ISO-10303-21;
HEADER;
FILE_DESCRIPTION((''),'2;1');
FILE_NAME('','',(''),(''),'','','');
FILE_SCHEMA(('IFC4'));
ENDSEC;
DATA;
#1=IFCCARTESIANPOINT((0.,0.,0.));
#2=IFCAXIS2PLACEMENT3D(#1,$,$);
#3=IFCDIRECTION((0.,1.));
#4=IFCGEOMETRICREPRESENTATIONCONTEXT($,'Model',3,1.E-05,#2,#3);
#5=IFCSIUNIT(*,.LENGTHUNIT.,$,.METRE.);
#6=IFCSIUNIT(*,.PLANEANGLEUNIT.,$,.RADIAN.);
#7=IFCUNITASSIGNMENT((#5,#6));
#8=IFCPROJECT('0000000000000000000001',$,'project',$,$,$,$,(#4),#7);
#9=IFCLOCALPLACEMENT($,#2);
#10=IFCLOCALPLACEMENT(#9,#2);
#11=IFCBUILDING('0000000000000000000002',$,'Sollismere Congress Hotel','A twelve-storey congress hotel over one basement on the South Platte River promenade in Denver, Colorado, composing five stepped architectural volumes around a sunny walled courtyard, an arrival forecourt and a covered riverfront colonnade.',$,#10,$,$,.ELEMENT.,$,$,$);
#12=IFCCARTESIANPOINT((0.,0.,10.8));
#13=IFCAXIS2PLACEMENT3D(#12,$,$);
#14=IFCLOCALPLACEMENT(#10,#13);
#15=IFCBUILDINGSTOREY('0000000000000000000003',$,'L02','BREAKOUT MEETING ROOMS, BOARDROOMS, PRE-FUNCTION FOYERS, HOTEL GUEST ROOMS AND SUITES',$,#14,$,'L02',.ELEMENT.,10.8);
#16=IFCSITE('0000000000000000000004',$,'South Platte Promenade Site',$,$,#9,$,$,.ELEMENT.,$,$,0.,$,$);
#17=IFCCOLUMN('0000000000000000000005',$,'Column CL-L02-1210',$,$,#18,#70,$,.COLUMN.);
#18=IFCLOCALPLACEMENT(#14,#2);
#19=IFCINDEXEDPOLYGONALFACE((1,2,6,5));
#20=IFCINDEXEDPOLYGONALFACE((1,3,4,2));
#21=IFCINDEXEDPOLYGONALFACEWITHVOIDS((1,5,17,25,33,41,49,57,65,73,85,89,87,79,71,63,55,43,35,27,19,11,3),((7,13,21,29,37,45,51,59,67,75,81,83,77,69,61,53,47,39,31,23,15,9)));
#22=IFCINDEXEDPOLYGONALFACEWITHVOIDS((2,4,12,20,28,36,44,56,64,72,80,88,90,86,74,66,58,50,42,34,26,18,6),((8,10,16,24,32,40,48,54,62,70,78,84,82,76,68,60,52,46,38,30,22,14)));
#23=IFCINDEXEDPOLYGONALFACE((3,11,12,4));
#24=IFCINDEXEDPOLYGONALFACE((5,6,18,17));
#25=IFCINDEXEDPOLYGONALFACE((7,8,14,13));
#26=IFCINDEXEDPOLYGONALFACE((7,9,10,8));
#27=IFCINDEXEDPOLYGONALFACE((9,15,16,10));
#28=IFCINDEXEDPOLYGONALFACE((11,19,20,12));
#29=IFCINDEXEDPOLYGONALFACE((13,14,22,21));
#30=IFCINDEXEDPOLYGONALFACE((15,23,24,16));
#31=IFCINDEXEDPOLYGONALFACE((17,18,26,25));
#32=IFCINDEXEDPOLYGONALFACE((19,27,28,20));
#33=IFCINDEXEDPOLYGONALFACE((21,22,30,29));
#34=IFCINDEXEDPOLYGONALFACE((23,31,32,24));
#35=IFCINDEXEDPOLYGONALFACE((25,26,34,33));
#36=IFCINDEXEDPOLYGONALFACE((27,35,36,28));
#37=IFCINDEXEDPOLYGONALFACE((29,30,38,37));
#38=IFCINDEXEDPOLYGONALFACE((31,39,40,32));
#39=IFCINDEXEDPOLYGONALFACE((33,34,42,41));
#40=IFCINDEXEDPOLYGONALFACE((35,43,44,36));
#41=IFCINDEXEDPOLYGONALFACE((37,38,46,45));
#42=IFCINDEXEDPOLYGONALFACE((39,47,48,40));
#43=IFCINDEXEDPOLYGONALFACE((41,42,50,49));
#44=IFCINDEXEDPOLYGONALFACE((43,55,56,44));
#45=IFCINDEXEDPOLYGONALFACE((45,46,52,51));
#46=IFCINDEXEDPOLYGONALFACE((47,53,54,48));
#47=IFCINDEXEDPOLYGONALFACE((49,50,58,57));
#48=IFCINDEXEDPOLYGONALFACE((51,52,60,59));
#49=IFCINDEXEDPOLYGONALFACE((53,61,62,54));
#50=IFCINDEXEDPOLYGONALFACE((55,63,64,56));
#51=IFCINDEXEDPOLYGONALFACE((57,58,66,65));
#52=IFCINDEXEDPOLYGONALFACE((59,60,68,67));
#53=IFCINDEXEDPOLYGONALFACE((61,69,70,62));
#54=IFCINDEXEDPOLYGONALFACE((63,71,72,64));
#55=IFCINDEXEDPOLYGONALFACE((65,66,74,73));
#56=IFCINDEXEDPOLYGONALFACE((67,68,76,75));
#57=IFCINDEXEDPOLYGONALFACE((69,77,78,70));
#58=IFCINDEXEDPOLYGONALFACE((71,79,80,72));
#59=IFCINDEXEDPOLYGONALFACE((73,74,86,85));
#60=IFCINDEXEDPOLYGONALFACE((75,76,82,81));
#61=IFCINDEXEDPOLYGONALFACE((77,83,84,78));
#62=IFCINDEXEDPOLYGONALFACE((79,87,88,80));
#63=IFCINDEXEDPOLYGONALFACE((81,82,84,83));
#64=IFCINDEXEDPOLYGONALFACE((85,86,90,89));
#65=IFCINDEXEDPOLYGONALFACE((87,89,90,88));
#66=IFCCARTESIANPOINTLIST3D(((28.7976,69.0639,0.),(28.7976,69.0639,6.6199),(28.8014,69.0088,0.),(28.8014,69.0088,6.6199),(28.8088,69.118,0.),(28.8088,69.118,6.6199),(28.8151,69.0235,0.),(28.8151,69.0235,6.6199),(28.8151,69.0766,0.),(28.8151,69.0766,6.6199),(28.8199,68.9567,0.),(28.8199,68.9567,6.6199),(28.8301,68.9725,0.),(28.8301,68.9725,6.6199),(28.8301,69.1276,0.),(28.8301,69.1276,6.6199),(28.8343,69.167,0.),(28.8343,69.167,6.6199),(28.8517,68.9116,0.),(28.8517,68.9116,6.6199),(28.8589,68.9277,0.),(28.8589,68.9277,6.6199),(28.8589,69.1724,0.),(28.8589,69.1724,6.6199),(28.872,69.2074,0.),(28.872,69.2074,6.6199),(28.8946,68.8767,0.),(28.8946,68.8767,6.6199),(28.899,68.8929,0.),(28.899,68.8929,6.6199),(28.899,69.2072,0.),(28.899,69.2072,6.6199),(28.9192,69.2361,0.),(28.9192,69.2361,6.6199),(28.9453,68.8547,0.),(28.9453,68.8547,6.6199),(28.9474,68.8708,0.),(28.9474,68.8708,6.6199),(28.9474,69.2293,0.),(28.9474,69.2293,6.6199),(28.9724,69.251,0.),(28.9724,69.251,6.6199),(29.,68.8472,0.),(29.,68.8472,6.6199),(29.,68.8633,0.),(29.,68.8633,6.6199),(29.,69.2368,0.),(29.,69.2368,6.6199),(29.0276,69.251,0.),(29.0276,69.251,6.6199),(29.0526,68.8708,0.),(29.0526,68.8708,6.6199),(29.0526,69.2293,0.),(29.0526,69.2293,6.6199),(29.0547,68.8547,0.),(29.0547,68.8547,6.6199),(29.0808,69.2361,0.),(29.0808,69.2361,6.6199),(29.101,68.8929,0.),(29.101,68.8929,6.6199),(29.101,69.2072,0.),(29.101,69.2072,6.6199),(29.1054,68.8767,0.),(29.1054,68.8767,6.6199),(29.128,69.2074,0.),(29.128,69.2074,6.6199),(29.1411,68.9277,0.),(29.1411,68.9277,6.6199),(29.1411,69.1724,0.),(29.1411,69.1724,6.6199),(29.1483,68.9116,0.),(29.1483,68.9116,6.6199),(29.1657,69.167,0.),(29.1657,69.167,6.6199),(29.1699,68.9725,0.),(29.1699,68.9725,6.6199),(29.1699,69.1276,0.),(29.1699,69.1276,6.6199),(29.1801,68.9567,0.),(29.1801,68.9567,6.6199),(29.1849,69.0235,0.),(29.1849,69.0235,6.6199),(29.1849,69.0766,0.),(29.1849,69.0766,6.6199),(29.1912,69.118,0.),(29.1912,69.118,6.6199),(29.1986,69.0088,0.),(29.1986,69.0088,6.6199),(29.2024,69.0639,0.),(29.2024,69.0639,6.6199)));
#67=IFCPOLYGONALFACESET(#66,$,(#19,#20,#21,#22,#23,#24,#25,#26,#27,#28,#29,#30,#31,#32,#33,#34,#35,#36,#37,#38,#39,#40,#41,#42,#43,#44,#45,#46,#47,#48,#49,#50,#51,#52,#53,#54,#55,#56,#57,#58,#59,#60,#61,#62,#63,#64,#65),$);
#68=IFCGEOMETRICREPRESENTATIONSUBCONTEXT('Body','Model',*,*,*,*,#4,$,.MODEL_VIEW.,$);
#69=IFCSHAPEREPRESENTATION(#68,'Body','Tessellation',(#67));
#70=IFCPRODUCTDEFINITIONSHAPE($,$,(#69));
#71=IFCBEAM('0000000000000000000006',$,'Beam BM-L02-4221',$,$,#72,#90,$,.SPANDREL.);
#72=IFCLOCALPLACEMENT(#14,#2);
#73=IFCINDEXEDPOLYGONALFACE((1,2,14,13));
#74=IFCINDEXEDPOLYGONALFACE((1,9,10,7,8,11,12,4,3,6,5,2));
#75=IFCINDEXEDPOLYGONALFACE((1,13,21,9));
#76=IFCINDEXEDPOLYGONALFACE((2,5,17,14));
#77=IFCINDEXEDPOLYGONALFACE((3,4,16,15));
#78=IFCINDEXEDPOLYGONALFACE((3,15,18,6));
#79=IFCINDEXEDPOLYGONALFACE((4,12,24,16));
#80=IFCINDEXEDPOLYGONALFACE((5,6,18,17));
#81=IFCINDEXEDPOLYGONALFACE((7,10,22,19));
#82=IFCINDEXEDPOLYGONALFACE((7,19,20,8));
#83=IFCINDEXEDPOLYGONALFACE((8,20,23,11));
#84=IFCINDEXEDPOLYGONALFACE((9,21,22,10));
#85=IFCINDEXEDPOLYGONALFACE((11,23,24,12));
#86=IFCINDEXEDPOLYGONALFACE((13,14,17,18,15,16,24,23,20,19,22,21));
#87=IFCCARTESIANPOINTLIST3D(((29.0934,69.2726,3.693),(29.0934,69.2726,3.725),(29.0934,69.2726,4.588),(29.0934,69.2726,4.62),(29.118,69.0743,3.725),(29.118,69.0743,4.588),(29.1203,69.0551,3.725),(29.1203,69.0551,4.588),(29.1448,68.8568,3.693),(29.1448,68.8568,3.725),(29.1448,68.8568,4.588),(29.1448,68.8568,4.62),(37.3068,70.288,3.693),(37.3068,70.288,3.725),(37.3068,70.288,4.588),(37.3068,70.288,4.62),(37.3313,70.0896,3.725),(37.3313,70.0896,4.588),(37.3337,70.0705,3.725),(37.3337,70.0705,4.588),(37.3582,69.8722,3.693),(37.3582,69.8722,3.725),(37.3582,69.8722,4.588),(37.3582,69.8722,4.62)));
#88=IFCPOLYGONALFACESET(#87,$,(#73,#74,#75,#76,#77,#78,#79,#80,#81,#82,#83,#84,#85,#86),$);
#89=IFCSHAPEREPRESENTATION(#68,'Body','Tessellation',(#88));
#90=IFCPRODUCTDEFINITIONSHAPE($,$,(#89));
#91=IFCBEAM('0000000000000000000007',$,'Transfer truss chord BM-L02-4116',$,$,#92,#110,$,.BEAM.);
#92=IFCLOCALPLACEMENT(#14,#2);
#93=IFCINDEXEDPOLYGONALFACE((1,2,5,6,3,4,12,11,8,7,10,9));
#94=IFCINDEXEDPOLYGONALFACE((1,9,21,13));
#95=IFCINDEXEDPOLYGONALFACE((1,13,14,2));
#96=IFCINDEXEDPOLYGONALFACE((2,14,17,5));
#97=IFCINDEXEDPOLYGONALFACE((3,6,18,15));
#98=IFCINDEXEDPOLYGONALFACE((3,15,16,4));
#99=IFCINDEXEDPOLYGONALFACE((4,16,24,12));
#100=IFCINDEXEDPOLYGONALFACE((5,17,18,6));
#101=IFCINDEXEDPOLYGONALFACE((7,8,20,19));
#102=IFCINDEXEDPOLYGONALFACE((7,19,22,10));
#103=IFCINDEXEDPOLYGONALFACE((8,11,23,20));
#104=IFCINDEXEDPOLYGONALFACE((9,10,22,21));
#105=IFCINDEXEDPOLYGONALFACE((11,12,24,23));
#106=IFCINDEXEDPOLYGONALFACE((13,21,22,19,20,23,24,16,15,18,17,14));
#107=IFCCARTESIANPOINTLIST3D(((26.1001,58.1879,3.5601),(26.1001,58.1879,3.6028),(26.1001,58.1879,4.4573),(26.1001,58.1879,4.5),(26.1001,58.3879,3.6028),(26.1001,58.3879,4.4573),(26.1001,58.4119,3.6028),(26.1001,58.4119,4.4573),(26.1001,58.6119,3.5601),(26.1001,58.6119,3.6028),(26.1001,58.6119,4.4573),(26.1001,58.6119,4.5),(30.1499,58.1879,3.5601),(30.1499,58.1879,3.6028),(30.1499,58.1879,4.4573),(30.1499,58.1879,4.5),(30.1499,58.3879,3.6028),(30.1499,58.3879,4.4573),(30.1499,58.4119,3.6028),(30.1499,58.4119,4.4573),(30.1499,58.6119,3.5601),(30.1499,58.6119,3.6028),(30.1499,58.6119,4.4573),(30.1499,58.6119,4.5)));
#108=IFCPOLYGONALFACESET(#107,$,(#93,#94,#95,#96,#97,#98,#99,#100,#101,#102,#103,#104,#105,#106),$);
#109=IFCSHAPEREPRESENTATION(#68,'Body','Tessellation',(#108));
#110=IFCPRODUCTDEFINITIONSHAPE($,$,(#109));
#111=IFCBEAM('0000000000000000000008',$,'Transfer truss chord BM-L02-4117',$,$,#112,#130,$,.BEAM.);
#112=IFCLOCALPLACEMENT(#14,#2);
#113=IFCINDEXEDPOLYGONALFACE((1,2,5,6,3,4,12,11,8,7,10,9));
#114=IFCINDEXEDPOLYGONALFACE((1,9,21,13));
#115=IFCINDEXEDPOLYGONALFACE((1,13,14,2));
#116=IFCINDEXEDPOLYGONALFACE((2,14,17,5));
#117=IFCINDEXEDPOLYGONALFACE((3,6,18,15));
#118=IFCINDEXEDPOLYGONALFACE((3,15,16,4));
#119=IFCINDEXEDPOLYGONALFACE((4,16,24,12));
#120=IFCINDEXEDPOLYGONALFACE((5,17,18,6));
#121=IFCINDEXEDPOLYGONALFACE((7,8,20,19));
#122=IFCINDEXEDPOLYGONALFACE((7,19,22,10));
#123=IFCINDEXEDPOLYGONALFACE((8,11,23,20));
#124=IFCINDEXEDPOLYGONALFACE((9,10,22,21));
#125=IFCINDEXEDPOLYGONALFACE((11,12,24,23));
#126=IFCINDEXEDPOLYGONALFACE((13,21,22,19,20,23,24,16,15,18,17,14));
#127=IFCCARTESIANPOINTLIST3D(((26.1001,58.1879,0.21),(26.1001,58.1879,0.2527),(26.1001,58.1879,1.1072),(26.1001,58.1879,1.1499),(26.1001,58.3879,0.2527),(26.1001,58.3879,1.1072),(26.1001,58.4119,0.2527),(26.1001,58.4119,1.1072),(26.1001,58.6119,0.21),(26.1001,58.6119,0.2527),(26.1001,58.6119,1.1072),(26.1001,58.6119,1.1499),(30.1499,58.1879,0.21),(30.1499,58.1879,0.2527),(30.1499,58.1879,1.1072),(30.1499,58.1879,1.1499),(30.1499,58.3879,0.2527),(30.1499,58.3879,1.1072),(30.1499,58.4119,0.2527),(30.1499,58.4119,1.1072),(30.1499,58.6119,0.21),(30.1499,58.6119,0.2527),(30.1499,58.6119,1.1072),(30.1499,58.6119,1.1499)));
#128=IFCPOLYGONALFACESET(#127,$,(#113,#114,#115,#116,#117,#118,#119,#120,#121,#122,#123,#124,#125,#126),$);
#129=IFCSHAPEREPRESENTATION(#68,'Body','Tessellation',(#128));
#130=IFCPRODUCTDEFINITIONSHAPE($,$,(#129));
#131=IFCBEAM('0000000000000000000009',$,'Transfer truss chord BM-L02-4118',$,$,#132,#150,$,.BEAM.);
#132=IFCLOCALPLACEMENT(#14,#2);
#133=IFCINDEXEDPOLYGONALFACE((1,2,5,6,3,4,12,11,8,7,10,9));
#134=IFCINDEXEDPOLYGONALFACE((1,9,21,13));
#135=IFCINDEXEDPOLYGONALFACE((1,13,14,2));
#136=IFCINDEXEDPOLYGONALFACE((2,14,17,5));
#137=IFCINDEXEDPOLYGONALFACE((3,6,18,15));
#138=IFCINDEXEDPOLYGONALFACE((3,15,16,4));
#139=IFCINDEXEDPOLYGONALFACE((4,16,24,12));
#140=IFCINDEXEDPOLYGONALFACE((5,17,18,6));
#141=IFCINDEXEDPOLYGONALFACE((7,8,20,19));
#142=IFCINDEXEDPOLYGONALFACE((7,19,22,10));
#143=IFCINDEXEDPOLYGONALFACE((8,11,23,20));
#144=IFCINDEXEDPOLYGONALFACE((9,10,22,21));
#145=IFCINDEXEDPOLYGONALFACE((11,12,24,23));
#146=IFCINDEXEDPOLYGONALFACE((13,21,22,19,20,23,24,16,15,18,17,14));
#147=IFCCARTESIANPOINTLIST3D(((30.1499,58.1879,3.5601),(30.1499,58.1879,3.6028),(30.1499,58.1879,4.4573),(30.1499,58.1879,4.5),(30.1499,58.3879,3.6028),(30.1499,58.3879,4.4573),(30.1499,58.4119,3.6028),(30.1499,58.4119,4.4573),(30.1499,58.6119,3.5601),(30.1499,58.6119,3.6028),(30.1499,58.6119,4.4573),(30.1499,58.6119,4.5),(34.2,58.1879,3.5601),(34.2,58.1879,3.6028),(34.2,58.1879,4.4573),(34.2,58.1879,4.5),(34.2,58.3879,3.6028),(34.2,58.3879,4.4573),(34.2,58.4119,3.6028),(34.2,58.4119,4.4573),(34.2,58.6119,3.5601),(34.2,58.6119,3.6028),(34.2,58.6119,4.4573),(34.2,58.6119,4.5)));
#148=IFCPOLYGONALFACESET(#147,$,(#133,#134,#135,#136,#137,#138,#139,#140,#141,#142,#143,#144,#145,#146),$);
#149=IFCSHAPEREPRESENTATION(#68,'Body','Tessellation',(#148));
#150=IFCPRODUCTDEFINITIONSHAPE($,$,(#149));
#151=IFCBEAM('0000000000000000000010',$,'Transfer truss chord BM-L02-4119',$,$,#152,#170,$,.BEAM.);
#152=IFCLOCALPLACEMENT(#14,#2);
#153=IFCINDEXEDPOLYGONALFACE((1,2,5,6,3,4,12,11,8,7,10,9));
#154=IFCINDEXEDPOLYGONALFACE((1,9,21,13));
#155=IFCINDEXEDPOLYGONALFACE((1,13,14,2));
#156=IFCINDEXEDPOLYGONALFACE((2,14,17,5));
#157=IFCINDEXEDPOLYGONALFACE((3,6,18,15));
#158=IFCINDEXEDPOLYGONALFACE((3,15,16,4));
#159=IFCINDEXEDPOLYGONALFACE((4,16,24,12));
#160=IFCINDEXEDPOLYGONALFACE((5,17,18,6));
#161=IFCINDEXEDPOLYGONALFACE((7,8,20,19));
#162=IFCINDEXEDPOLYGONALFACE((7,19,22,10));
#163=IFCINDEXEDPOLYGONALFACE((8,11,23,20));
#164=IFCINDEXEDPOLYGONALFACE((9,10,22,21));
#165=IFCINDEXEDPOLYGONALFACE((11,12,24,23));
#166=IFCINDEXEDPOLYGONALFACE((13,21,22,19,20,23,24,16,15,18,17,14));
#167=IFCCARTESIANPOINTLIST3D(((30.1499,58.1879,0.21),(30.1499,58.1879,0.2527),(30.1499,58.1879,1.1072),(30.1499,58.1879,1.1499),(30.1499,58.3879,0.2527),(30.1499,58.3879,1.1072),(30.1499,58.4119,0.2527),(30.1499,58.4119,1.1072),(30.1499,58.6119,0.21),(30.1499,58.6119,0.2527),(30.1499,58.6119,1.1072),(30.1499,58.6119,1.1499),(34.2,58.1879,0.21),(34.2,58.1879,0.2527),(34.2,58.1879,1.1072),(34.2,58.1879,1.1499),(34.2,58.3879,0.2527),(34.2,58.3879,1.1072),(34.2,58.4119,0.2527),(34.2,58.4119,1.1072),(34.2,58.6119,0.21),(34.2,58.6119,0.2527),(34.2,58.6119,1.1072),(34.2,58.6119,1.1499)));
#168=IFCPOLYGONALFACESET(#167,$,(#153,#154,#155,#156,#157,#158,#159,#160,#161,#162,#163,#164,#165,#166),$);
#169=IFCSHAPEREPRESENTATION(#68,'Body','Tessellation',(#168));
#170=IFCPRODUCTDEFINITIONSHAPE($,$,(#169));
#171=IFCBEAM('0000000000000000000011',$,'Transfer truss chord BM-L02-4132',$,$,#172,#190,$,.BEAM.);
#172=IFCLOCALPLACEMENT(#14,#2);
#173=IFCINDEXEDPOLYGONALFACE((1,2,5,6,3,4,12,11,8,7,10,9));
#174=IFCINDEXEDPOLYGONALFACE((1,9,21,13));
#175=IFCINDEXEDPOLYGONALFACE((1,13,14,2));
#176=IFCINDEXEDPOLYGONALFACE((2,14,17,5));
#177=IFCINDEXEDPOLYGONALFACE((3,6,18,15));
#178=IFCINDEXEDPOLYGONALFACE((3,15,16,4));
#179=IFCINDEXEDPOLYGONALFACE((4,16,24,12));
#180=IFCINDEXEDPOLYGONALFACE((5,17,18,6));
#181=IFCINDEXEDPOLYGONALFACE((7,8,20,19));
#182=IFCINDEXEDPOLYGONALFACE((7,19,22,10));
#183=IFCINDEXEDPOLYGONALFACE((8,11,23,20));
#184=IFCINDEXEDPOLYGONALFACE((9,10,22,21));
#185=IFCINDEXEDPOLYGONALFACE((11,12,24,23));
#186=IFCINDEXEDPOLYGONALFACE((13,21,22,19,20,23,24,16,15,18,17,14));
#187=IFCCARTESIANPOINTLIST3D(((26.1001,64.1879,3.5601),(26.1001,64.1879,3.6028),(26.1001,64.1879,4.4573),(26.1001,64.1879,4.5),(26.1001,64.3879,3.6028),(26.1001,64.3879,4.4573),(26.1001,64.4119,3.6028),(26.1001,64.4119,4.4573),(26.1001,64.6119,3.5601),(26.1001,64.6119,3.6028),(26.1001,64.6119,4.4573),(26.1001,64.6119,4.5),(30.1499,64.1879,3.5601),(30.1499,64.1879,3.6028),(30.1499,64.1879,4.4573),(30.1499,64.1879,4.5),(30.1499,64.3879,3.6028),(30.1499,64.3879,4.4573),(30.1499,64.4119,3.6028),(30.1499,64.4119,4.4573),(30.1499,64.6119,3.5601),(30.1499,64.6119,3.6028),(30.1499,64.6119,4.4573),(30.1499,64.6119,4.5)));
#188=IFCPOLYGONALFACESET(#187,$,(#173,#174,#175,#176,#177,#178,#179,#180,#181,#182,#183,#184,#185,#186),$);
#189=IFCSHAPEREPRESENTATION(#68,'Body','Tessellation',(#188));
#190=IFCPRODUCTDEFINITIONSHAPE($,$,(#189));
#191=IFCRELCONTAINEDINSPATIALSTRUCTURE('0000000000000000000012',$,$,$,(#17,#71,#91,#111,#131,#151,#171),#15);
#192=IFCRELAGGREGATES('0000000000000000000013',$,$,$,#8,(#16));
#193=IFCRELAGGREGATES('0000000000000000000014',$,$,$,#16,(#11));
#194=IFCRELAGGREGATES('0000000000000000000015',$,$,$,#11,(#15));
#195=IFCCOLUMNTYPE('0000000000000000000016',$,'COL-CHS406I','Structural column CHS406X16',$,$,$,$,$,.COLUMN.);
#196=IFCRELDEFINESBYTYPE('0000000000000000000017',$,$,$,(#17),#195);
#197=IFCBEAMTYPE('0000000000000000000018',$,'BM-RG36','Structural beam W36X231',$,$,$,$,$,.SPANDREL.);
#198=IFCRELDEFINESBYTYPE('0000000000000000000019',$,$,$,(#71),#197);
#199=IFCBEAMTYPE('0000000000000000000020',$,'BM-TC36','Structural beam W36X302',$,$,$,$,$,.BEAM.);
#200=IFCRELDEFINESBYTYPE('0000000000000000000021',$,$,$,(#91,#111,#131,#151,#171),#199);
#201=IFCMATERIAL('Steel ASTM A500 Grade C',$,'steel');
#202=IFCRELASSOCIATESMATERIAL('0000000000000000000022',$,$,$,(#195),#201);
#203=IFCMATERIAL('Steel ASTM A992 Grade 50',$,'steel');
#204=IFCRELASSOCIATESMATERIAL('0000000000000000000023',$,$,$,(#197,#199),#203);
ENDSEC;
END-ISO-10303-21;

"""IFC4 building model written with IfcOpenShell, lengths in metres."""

from ifc_helpers import new_model, si_unit, direction, frame, origin, origin_2d, place, context, subcontext, project, spatial, hollow_circle, i_section, extrude, material, material_profile, profile_set, type_object, element, save


model = new_model("IFC4")

# Units and contexts
model_context = context("Model", 3, precision=1e-05, world=origin(), true_north=direction((0.0, 1.0)))
body_context = subcontext(model_context, "Body", "Model", "MODEL_VIEW")
ifc_project = project(units=[si_unit("LENGTHUNIT", "METRE"), si_unit("PLANEANGLEUNIT", "RADIAN")], contexts=[model_context])

# Site, building, storey
site_placement = place(None, origin())
site = spatial("IfcSite", under=ifc_project, at=site_placement, Name="South Platte Promenade Site", CompositionType="ELEMENT", RefElevation=0.0)
building_placement = place(site_placement, origin())
building = spatial("IfcBuilding", under=site, at=building_placement, Name="Sollismere Congress Hotel", Description="A twelve-storey congress hotel over one basement on the South Platte River promenade in Denver, Colorado, composing five stepped architectural volumes around a sunny walled courtyard, an arrival forecourt and a covered riverfront colonnade.", CompositionType="ELEMENT")
storey_placement = place(building_placement, frame((0.0, 0.0, 10.8)))
storey = spatial("IfcBuildingStorey", under=building, at=storey_placement, Name="L02", Description="BREAKOUT MEETING ROOMS, BOARDROOMS, PRE-FUNCTION FOYERS, HOTEL GUEST ROOMS AND SUITES", LongName="L02", CompositionType="ELEMENT", Elevation=10.8)

# Column
ifc_material_1 = material(Name="Steel ASTM A500 Grade C", Category="steel")
ifc_material_profile_1 = material_profile(ifc_material_1, hollow_circle(Radius=0.2029, WallThickness=0.0161, at=origin_2d()), Name="CHS406X16")
ifc_profile_set_1 = profile_set([ifc_material_profile_1], Name="Steel ASTM A500 Grade C")
column_type = type_object("IfcColumnType", Name="COL-CHS406I", Description="Structural column CHS406X16", PredefinedType="COLUMN", material=ifc_profile_set_1)
column_placement = place(storey_placement, frame((29.0, 69.05, 0.0), z_axis=(0.0, 0.0, 1.0), x_axis=(0.0, -1.0, 0.0)))
element("IfcColumn", 1, at=column_placement, inside=storey, type_object=column_type, Name="Column CL-L02-1210", PredefinedType="COLUMN", context=body_context, shape_type="SweptSolid", body=[
    extrude(hollow_circle(Radius=0.2029, WallThickness=0.0161, at=origin_2d()), origin(), (0.0, 0.0, 1.0), 6.6199),
])

# Beams
ifc_material_2 = material(Name="Steel ASTM A992 Grade 50", Category="steel")
ifc_material_profile_2 = material_profile(ifc_material_2, i_section(OverallWidth=0.4189, OverallDepth=0.927, WebThickness=0.0193, FlangeThickness=0.032, at=origin_2d()), Name="W36X231")
ifc_profile_set_2 = profile_set([ifc_material_profile_2], Name="Steel ASTM A992 Grade 50")
beam_type_1 = type_object("IfcBeamType", Name="BM-RG36", Description="Structural beam W36X231", PredefinedType="SPANDREL", material=ifc_profile_set_2)
beam_placement = place(storey_placement, frame((29.1191, 69.0647, 4.1565), z_axis=(0.992445, 0.122691, 0.0), x_axis=(-0.122691, 0.992445, 0.0)))
element("IfcBeam", 2, at=beam_placement, inside=storey, type_object=beam_type_1, Name="Beam BM-L02-4221", PredefinedType="SPANDREL", context=body_context, shape_type="SweptSolid", body=[
    extrude(i_section(OverallWidth=0.4189, OverallDepth=0.927, WebThickness=0.0193, FlangeThickness=0.032, at=origin_2d()), origin(), (0.0, 0.0, 1.0), 8.2759),
])
ifc_material_profile_3 = material_profile(ifc_material_2, i_section(OverallWidth=0.4241, OverallDepth=0.9399, WebThickness=0.0239, FlangeThickness=0.0427, at=origin_2d()), Name="W36X302")
ifc_profile_set_3 = profile_set([ifc_material_profile_3], Name="Steel ASTM A992 Grade 50")
beam_type_2 = type_object("IfcBeamType", Name="BM-TC36", Description="Structural beam W36X302", PredefinedType="BEAM", material=ifc_profile_set_3)
for number, where, z_axis, x_axis, name in (
    (3, (26.1001, 58.3999, 4.03), (1.0, 0.0, 0.0), (0.0, 1.0, 0.0), "Transfer truss chord BM-L02-4116"),
    (4, (26.1001, 58.3999, 0.6799), (1.0, 0.0, 0.0), (0.0, 1.0, 0.0), "Transfer truss chord BM-L02-4117"),
):
    element("IfcBeam", number, at=place(storey_placement, frame(where, z_axis=z_axis, x_axis=x_axis)), inside=storey, type_object=beam_type_2, Name=name, PredefinedType="BEAM", context=body_context, shape_type="SweptSolid", body=[
        extrude(i_section(OverallWidth=0.4241, OverallDepth=0.9399, WebThickness=0.0239, FlangeThickness=0.0427, at=origin_2d()), origin(), (0.0, 0.0, 1.0), 4.0498),
    ])
for number, where, z_axis, x_axis, name in (
    (5, (30.1499, 58.3999, 4.03), (1.0, 0.0, 0.0), (0.0, 1.0, 0.0), "Transfer truss chord BM-L02-4118"),
    (6, (30.1499, 58.3999, 0.6799), (1.0, 0.0, 0.0), (0.0, 1.0, 0.0), "Transfer truss chord BM-L02-4119"),
):
    element("IfcBeam", number, at=place(storey_placement, frame(where, z_axis=z_axis, x_axis=x_axis)), inside=storey, type_object=beam_type_2, Name=name, PredefinedType="BEAM", context=body_context, shape_type="SweptSolid", body=[
        extrude(i_section(OverallWidth=0.4241, OverallDepth=0.9399, WebThickness=0.0239, FlangeThickness=0.0427, at=origin_2d()), origin(), (0.0, 0.0, 1.0), 4.05),
    ])
for number, where, z_axis, x_axis, name in (
    (7, (26.1001, 64.3999, 4.03), (1.0, 0.0, 0.0), (0.0, 1.0, 0.0), "Transfer truss chord BM-L02-4132"),
):
    element("IfcBeam", number, at=place(storey_placement, frame(where, z_axis=z_axis, x_axis=x_axis)), inside=storey, type_object=beam_type_2, Name=name, PredefinedType="BEAM", context=body_context, shape_type="SweptSolid", body=[
        extrude(i_section(OverallWidth=0.4241, OverallDepth=0.9399, WebThickness=0.0239, FlangeThickness=0.0427, at=origin_2d()), origin(), (0.0, 0.0, 1.0), 4.0498),
    ])

save(model, "model.ifc")
